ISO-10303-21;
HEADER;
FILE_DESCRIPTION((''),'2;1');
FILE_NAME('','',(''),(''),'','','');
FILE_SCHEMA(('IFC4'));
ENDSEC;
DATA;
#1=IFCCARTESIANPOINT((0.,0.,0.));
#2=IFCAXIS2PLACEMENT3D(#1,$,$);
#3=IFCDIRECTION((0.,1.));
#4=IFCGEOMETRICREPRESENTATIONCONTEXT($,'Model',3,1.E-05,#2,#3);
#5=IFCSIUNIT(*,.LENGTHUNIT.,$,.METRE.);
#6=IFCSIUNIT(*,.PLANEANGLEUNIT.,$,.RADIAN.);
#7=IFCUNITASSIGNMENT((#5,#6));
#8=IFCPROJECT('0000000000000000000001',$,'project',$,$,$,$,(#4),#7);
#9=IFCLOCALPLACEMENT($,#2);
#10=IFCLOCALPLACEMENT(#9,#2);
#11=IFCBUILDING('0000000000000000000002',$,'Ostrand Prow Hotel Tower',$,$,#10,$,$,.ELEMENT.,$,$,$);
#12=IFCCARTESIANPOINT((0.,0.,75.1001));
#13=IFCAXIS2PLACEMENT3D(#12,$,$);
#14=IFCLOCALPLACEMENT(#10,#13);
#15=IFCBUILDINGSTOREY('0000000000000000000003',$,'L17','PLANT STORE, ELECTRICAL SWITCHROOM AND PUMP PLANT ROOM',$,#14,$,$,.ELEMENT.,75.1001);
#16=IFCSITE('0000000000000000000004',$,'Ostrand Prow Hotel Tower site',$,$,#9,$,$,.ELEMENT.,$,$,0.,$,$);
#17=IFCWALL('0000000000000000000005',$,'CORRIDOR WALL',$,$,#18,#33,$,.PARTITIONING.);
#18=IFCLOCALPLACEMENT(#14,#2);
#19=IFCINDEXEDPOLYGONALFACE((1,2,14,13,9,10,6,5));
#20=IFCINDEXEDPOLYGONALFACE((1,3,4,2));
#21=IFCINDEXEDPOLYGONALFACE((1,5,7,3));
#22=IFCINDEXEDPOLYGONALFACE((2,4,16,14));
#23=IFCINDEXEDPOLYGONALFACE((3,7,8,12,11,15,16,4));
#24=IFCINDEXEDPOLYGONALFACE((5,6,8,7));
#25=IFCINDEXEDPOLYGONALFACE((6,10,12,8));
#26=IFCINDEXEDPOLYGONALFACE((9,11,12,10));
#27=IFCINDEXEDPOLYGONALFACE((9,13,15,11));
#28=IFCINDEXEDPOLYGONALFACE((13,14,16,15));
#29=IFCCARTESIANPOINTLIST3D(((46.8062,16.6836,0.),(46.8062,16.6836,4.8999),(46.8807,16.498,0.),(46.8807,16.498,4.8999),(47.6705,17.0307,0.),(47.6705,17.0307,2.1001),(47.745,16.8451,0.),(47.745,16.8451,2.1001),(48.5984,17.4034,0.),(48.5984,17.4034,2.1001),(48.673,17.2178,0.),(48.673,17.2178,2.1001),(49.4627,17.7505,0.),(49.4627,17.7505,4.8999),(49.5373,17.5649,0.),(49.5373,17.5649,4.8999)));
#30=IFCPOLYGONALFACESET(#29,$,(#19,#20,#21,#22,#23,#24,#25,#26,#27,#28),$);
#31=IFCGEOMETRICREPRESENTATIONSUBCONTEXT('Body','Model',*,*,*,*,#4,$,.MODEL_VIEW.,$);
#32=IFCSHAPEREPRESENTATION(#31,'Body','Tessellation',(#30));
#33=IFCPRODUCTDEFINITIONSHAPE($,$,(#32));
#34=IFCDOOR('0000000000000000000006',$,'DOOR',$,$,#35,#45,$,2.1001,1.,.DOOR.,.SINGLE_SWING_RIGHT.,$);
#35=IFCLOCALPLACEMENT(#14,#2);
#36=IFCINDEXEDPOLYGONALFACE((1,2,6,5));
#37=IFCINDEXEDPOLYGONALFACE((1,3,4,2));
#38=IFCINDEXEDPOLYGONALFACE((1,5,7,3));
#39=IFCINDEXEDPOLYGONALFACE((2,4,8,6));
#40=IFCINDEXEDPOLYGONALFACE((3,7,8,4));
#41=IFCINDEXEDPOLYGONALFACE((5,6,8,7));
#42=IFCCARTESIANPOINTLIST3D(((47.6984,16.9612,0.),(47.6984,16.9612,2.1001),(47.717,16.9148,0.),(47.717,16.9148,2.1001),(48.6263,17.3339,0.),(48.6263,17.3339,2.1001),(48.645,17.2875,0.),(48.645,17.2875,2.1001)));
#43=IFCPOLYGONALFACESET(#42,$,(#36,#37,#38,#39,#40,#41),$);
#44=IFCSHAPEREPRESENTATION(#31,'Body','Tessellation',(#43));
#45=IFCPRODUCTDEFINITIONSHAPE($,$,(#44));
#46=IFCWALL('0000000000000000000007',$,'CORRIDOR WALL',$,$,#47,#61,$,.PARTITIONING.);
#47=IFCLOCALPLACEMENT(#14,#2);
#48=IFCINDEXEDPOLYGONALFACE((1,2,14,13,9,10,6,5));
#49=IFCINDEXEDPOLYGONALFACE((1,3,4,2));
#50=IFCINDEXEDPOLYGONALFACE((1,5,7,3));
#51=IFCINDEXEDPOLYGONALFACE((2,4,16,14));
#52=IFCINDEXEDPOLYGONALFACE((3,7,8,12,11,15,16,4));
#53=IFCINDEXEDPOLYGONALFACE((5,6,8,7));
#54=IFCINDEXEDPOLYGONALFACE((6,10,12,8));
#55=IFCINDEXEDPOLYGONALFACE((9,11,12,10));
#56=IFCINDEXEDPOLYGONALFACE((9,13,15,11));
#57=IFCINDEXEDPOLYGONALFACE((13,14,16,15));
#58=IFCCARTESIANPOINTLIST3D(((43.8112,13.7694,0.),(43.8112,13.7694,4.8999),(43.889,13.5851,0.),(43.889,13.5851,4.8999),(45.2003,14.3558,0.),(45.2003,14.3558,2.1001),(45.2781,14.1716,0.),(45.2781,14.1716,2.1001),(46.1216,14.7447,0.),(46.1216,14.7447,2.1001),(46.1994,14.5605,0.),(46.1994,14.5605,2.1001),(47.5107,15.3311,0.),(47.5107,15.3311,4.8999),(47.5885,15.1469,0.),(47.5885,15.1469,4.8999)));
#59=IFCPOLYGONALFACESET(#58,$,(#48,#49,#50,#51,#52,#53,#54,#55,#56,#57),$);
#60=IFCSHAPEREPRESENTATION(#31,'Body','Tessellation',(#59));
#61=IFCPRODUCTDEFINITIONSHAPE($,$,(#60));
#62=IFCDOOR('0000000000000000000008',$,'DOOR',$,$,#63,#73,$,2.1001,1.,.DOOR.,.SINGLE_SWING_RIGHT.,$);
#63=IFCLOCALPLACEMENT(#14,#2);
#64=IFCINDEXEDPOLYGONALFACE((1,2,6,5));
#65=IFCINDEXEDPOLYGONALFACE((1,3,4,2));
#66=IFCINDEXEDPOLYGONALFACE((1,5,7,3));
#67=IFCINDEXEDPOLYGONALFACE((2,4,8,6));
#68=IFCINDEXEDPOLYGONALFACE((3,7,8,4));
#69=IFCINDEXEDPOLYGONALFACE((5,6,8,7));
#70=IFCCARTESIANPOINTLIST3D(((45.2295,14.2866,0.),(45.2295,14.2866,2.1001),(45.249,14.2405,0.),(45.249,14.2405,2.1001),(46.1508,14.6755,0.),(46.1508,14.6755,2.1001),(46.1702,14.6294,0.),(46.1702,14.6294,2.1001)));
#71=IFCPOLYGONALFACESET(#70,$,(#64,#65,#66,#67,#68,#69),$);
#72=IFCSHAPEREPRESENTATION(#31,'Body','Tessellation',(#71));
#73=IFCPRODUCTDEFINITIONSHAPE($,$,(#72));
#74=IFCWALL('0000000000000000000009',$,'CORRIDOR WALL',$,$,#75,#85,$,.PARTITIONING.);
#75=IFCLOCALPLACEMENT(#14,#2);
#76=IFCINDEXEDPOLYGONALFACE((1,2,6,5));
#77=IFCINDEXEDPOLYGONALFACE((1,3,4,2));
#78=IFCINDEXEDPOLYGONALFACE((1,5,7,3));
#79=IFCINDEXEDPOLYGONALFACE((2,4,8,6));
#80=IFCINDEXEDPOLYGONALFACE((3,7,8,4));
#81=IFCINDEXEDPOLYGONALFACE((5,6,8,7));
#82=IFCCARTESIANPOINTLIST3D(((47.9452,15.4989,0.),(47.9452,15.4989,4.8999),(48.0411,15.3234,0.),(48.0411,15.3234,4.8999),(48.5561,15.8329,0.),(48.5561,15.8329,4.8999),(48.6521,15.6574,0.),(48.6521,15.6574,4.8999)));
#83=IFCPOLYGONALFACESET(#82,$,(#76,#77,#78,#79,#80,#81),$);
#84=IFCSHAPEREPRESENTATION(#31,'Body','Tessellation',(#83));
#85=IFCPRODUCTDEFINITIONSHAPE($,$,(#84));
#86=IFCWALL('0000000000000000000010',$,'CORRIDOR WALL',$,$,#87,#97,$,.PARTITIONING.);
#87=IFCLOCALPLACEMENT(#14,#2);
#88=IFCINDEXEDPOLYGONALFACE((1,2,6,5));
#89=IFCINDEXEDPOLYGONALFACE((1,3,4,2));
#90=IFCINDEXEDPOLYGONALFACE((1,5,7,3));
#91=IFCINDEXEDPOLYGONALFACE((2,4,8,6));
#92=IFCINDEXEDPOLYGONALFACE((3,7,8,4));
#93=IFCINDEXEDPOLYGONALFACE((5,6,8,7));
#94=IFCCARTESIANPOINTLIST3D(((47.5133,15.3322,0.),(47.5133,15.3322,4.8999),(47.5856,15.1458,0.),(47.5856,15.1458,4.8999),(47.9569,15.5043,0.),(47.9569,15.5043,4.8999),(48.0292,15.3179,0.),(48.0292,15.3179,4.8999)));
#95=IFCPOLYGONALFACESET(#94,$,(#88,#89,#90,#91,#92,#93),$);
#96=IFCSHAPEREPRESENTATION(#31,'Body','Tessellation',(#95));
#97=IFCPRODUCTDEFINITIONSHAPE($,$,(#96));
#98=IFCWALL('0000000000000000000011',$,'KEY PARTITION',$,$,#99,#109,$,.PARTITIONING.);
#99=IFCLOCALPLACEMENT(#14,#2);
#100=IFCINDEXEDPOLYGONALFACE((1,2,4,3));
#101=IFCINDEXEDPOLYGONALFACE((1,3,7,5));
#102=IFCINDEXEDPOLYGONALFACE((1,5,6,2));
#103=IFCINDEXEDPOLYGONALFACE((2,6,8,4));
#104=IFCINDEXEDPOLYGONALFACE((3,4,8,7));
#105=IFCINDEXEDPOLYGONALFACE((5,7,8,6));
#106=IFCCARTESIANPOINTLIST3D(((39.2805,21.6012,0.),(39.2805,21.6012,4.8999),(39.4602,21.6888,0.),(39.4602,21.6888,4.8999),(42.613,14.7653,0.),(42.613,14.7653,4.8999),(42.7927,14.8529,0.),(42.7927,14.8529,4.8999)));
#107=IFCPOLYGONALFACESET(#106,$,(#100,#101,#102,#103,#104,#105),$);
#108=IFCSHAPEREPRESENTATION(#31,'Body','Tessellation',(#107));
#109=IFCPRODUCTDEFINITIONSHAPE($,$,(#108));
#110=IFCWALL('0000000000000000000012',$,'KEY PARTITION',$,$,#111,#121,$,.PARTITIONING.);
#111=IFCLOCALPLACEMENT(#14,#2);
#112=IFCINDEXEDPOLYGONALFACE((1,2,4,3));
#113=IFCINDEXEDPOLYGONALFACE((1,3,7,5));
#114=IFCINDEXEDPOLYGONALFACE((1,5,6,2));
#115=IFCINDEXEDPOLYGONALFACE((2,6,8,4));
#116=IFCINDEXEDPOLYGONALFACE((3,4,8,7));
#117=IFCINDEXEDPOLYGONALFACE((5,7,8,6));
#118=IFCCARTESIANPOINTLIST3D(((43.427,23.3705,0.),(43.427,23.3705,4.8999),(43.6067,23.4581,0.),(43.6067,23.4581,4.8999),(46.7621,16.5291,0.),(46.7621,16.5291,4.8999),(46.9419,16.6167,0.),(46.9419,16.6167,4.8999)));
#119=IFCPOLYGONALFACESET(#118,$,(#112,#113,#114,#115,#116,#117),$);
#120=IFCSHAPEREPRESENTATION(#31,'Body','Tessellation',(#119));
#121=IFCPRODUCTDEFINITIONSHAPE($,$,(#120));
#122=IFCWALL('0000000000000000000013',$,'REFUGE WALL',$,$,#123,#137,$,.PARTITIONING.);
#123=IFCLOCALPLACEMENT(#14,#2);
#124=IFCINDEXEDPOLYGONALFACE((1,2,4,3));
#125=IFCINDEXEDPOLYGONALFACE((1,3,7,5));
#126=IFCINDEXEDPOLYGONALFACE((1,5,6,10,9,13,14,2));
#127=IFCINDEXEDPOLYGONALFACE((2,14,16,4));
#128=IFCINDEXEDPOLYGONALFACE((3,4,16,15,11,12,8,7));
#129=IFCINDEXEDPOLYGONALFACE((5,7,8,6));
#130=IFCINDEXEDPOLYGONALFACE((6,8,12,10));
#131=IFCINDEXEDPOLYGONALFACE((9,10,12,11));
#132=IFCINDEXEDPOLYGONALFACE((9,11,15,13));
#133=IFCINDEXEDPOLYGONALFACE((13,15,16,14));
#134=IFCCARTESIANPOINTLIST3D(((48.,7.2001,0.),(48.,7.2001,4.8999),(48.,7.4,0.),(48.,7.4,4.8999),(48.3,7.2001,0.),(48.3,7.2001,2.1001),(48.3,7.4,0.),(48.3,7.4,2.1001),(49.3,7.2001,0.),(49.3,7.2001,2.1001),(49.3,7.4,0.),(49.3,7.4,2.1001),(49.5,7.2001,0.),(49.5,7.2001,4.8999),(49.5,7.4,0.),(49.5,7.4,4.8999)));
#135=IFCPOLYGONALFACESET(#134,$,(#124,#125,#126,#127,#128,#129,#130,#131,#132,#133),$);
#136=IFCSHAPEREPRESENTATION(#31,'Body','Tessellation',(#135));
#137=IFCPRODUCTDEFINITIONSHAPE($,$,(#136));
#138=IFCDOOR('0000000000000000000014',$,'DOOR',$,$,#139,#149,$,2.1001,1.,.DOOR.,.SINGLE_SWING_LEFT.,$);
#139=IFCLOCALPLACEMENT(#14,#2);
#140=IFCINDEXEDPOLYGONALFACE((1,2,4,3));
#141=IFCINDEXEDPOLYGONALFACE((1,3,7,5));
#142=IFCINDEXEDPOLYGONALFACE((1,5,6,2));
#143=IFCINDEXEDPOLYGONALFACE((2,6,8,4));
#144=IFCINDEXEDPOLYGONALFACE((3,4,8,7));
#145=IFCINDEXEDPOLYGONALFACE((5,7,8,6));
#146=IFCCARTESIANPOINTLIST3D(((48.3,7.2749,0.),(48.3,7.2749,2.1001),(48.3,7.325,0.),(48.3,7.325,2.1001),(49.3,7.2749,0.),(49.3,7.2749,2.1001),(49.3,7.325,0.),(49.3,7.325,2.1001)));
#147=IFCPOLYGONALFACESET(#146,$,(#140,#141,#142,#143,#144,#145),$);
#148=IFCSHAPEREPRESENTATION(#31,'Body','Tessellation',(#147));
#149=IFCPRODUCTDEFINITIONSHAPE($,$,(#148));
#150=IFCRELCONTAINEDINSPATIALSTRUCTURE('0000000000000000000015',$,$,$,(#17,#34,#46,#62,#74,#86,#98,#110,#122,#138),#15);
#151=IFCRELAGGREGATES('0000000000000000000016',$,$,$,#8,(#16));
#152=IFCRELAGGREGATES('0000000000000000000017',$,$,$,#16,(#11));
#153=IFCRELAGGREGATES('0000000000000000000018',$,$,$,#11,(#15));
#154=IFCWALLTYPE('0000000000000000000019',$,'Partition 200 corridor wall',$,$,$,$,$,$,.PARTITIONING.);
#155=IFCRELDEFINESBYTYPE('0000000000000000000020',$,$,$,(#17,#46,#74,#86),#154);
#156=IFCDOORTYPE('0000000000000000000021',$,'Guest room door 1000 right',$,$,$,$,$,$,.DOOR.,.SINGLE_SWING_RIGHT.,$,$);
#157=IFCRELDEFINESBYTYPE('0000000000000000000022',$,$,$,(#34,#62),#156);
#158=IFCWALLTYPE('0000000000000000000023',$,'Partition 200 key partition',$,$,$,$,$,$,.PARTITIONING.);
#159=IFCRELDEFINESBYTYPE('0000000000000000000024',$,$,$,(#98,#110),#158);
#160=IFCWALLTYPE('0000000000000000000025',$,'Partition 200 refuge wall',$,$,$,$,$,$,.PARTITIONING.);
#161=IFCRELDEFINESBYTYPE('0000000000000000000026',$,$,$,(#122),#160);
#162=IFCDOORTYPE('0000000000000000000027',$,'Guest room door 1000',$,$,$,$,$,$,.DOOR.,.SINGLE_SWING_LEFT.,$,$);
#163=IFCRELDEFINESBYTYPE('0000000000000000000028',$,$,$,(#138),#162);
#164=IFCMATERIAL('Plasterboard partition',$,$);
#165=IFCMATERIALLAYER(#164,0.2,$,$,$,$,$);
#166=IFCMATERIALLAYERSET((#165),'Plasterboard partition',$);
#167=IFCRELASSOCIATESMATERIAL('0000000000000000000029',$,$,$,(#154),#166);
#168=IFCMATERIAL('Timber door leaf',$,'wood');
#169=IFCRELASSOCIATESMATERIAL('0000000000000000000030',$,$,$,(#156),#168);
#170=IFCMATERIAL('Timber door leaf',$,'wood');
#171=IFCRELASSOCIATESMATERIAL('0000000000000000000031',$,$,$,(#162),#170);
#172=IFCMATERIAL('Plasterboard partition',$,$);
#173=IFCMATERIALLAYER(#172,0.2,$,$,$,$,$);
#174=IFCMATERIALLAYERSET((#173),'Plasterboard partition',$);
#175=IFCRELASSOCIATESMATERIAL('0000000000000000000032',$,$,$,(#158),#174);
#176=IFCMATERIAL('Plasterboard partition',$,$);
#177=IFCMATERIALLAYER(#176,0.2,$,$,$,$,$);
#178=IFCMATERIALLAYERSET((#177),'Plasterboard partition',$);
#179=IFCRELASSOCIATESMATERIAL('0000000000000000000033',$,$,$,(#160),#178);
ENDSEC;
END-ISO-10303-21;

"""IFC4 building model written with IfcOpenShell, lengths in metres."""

from ifc_helpers import new_model, si_unit, direction, frame, frame_2d, origin, place, context, subcontext, project, spatial, rectangle, extrude, material, layer, layer_set, type_object, element, fill, save


model = new_model("IFC4")

# Units and contexts
model_context = context("Model", 3, precision=1e-05, world=origin(), true_north=direction((0.0, 1.0)))
body_context = subcontext(model_context, "Body", "Model", "MODEL_VIEW")
ifc_project = project(units=[si_unit("LENGTHUNIT", "METRE"), si_unit("PLANEANGLEUNIT", "RADIAN")], contexts=[model_context])

# Site, building, storey
site_placement = place(None, origin())
site = spatial("IfcSite", under=ifc_project, at=site_placement, Name="Ostrand Prow Hotel Tower site", CompositionType="ELEMENT", RefElevation=0.0)
building_placement = place(site_placement, origin())
building = spatial("IfcBuilding", under=site, at=building_placement, Name="Ostrand Prow Hotel Tower", CompositionType="ELEMENT")
storey_placement = place(building_placement, frame((0.0, 0.0, 75.1001)))
storey = spatial("IfcBuildingStorey", under=building, at=storey_placement, Name="L17", Description="PLANT STORE, ELECTRICAL SWITCHROOM AND PUMP PLANT ROOM", CompositionType="ELEMENT", Elevation=75.1001)

# Walls, openings, doors
ifc_material_1 = material(Name="Plasterboard partition")
ifc_layer_1 = layer(ifc_material_1, 0.2)
ifc_layer_set_1 = layer_set([ifc_layer_1], Name="Plasterboard partition")
wall_type_1 = type_object("IfcWallType", Name="Partition 200 corridor wall", PredefinedType="PARTITIONING", material=ifc_layer_set_1)
ifc_material_2 = material(Name="Timber door leaf", Category="wood")
door_type_1 = type_object("IfcDoorType", Name="Guest room door 1000 right", OperationType="SINGLE_SWING_RIGHT", PredefinedType="DOOR", material=ifc_material_2)
ifc_material_3 = material(Name="Timber door leaf", Category="wood")
door_type_2 = type_object("IfcDoorType", Name="Guest room door 1000", OperationType="SINGLE_SWING_LEFT", PredefinedType="DOOR", material=ifc_material_3)
wall_1_placement = place(storey_placement, frame((49.5, 17.6577, 0.0), z_axis=(0.0, 0.0, 1.0), x_axis=(-0.927958, -0.372684, 0.0)))
wall_1 = element("IfcWall", 1, at=wall_1_placement, inside=storey, type_object=wall_type_1, Name="CORRIDOR WALL", PredefinedType="PARTITIONING", context=body_context, shape_type="SweptSolid", body=[
    extrude(rectangle(XDim=2.8628, YDim=0.2, at=frame_2d((1.4314, 0.0))), origin(), (0.0, 0.0, 1.0), 4.8999),
])
opening_1_placement = place(wall_1_placement, frame((0.9314, 0.0, 0.0)))
opening_1 = element("IfcOpeningElement", 2, at=opening_1_placement, cuts=wall_1, PredefinedType="OPENING", context=body_context, shape_type="SweptSolid", body=[
    extrude(rectangle(XDim=1.0, YDim=2.1001, at=frame_2d((0.5, 1.05))), frame((0.0, 0.1099, 0.0), z_axis=(0.0, -1.0, 0.0), x_axis=(1.0, 0.0, 0.0)), (0.0, 0.0, 1.0), 0.22),
])
door_1_placement = place(opening_1_placement, origin())
door_1 = element("IfcDoor", 3, at=door_1_placement, inside=storey, type_object=door_type_1, Name="DOOR", OperationType="SINGLE_SWING_RIGHT", OverallHeight=2.1001, OverallWidth=1.0, PredefinedType="DOOR", context=body_context, shape_type="SweptSolid", body=[
    extrude(rectangle(XDim=1.0, YDim=2.1001, at=frame_2d((0.5, 1.05))), frame((0.0, 0.0249, 0.0), z_axis=(0.0, -1.0, 0.0), x_axis=(1.0, 0.0, 0.0)), (0.0, 0.0, 1.0), 0.05),
])
fill(opening_1, door_1)
wall_2_placement = place(storey_placement, frame((43.8501, 13.6772, 0.0), z_axis=(0.0, 0.0, 1.0), x_axis=(0.92127, 0.388924, 0.0)))
wall_2 = element("IfcWall", 4, at=wall_2_placement, inside=storey, type_object=wall_type_1, Name="CORRIDOR WALL", PredefinedType="PARTITIONING", context=body_context, shape_type="SweptSolid", body=[
    extrude(rectangle(XDim=4.0156, YDim=0.2, at=frame_2d((2.0078, 0.0))), origin(), (0.0, 0.0, 1.0), 4.8999),
])
opening_2_placement = place(wall_2_placement, frame((1.5078, 0.0, 0.0)))
opening_2 = element("IfcOpeningElement", 5, at=opening_2_placement, cuts=wall_2, PredefinedType="OPENING", context=body_context, shape_type="SweptSolid", body=[
    extrude(rectangle(XDim=1.0, YDim=2.1001, at=frame_2d((0.5, 1.05))), frame((0.0, 0.1099, 0.0), z_axis=(0.0, -1.0, 0.0), x_axis=(1.0, 0.0, 0.0)), (0.0, 0.0, 1.0), 0.22),
])
door_2_placement = place(opening_2_placement, origin())
door_2 = element("IfcDoor", 6, at=door_2_placement, inside=storey, type_object=door_type_1, Name="DOOR", OperationType="SINGLE_SWING_RIGHT", OverallHeight=2.1001, OverallWidth=1.0, PredefinedType="DOOR", context=body_context, shape_type="SweptSolid", body=[
    extrude(rectangle(XDim=1.0, YDim=2.1001, at=frame_2d((0.5, 1.05))), frame((0.0, 0.0249, 0.0), z_axis=(0.0, -1.0, 0.0), x_axis=(1.0, 0.0, 0.0)), (0.0, 0.0, 1.0), 0.05),
])
fill(opening_2, door_2)

# Walls
wall_3_placement = place(storey_placement, frame((47.9932, 15.4111, 0.0), z_axis=(0.0, 0.0, 1.0), x_axis=(0.877413, 0.479736, 0.0)))
element("IfcWall", 7, at=wall_3_placement, inside=storey, type_object=wall_type_1, Name="CORRIDOR WALL", PredefinedType="PARTITIONING", context=body_context, shape_type="SweptSolid", body=[
    extrude(rectangle(XDim=0.6963, YDim=0.2, at=frame_2d((0.3481, 0.0))), origin(), (0.0, 0.0, 1.0), 4.8999),
])
wall_4_placement = place(storey_placement, frame((47.5496, 15.239, 0.0), z_axis=(0.0, 0.0, 1.0), x_axis=(0.932284, 0.361728, 0.0)))
element("IfcWall", 8, at=wall_4_placement, inside=storey, type_object=wall_type_1, Name="CORRIDOR WALL", PredefinedType="PARTITIONING", context=body_context, shape_type="SweptSolid", body=[
    extrude(rectangle(XDim=0.4758, YDim=0.2, at=frame_2d((0.2378, 0.0))), origin(), (0.0, 0.0, 1.0), 4.8999),
])
ifc_material_4 = material(Name="Plasterboard partition")
ifc_layer_2 = layer(ifc_material_4, 0.2)
ifc_layer_set_2 = layer_set([ifc_layer_2], Name="Plasterboard partition")
wall_type_2 = type_object("IfcWallType", Name="Partition 200 key partition", PredefinedType="PARTITIONING", material=ifc_layer_set_2)
wall_5_placement = place(storey_placement, frame((42.7029, 14.8091, 0.0), z_axis=(0.0, 0.0, 1.0), x_axis=(-0.438202, 0.898876, 0.0)))
element("IfcWall", 9, at=wall_5_placement, inside=storey, type_object=wall_type_2, Name="KEY PARTITION", PredefinedType="PARTITIONING", context=body_context, shape_type="SweptSolid", body=[
    extrude(rectangle(XDim=7.605, YDim=0.2, at=frame_2d((3.8025, 0.0))), origin(), (0.0, 0.0, 1.0), 4.8999),
])
wall_6_placement = place(storey_placement, frame((46.8521, 16.5728, 0.0), z_axis=(0.0, 0.0, 1.0), x_axis=(-0.438197, 0.898879, 0.0)))
element("IfcWall", 10, at=wall_6_placement, inside=storey, type_object=wall_type_2, Name="KEY PARTITION", PredefinedType="PARTITIONING", context=body_context, shape_type="SweptSolid", body=[
    extrude(rectangle(XDim=7.6111, YDim=0.2, at=frame_2d((3.8057, 0.0))), origin(), (0.0, 0.0, 1.0), 4.8999),
])

# Wall, opening, door
ifc_material_5 = material(Name="Plasterboard partition")
ifc_layer_3 = layer(ifc_material_5, 0.2)
ifc_layer_set_3 = layer_set([ifc_layer_3], Name="Plasterboard partition")
wall_type_3 = type_object("IfcWallType", Name="Partition 200 refuge wall", PredefinedType="PARTITIONING", material=ifc_layer_set_3)
wall_7_placement = place(storey_placement, frame((48.0, 7.3, 0.0), z_axis=(0.0, 0.0, 1.0), x_axis=(1.0, 0.0, 0.0)))
wall_7 = element("IfcWall", 11, at=wall_7_placement, inside=storey, type_object=wall_type_3, Name="REFUGE WALL", PredefinedType="PARTITIONING", context=body_context, shape_type="SweptSolid", body=[
    extrude(rectangle(XDim=1.5, YDim=0.2, at=frame_2d((0.75, 0.0))), origin(), (0.0, 0.0, 1.0), 4.8999),
])
opening_3_placement = place(wall_7_placement, frame((0.3, 0.0, 0.0)))
opening_3 = element("IfcOpeningElement", 12, at=opening_3_placement, cuts=wall_7, PredefinedType="OPENING", context=body_context, shape_type="SweptSolid", body=[
    extrude(rectangle(XDim=1.0, YDim=2.1001, at=frame_2d((0.5, 1.05))), frame((0.0, 0.1099, 0.0), z_axis=(0.0, -1.0, 0.0), x_axis=(1.0, 0.0, 0.0)), (0.0, 0.0, 1.0), 0.22),
])
door_3_placement = place(opening_3_placement, origin())
door_3 = element("IfcDoor", 13, at=door_3_placement, inside=storey, type_object=door_type_2, Name="DOOR", OperationType="SINGLE_SWING_LEFT", OverallHeight=2.1001, OverallWidth=1.0, PredefinedType="DOOR", context=body_context, shape_type="SweptSolid", body=[
    extrude(rectangle(XDim=1.0, YDim=2.1001, at=frame_2d((0.5, 1.05))), frame((0.0, 0.0249, 0.0), z_axis=(0.0, -1.0, 0.0), x_axis=(1.0, 0.0, 0.0)), (0.0, 0.0, 1.0), 0.05),
])
fill(opening_3, door_3)

save(model, "model.ifc")
